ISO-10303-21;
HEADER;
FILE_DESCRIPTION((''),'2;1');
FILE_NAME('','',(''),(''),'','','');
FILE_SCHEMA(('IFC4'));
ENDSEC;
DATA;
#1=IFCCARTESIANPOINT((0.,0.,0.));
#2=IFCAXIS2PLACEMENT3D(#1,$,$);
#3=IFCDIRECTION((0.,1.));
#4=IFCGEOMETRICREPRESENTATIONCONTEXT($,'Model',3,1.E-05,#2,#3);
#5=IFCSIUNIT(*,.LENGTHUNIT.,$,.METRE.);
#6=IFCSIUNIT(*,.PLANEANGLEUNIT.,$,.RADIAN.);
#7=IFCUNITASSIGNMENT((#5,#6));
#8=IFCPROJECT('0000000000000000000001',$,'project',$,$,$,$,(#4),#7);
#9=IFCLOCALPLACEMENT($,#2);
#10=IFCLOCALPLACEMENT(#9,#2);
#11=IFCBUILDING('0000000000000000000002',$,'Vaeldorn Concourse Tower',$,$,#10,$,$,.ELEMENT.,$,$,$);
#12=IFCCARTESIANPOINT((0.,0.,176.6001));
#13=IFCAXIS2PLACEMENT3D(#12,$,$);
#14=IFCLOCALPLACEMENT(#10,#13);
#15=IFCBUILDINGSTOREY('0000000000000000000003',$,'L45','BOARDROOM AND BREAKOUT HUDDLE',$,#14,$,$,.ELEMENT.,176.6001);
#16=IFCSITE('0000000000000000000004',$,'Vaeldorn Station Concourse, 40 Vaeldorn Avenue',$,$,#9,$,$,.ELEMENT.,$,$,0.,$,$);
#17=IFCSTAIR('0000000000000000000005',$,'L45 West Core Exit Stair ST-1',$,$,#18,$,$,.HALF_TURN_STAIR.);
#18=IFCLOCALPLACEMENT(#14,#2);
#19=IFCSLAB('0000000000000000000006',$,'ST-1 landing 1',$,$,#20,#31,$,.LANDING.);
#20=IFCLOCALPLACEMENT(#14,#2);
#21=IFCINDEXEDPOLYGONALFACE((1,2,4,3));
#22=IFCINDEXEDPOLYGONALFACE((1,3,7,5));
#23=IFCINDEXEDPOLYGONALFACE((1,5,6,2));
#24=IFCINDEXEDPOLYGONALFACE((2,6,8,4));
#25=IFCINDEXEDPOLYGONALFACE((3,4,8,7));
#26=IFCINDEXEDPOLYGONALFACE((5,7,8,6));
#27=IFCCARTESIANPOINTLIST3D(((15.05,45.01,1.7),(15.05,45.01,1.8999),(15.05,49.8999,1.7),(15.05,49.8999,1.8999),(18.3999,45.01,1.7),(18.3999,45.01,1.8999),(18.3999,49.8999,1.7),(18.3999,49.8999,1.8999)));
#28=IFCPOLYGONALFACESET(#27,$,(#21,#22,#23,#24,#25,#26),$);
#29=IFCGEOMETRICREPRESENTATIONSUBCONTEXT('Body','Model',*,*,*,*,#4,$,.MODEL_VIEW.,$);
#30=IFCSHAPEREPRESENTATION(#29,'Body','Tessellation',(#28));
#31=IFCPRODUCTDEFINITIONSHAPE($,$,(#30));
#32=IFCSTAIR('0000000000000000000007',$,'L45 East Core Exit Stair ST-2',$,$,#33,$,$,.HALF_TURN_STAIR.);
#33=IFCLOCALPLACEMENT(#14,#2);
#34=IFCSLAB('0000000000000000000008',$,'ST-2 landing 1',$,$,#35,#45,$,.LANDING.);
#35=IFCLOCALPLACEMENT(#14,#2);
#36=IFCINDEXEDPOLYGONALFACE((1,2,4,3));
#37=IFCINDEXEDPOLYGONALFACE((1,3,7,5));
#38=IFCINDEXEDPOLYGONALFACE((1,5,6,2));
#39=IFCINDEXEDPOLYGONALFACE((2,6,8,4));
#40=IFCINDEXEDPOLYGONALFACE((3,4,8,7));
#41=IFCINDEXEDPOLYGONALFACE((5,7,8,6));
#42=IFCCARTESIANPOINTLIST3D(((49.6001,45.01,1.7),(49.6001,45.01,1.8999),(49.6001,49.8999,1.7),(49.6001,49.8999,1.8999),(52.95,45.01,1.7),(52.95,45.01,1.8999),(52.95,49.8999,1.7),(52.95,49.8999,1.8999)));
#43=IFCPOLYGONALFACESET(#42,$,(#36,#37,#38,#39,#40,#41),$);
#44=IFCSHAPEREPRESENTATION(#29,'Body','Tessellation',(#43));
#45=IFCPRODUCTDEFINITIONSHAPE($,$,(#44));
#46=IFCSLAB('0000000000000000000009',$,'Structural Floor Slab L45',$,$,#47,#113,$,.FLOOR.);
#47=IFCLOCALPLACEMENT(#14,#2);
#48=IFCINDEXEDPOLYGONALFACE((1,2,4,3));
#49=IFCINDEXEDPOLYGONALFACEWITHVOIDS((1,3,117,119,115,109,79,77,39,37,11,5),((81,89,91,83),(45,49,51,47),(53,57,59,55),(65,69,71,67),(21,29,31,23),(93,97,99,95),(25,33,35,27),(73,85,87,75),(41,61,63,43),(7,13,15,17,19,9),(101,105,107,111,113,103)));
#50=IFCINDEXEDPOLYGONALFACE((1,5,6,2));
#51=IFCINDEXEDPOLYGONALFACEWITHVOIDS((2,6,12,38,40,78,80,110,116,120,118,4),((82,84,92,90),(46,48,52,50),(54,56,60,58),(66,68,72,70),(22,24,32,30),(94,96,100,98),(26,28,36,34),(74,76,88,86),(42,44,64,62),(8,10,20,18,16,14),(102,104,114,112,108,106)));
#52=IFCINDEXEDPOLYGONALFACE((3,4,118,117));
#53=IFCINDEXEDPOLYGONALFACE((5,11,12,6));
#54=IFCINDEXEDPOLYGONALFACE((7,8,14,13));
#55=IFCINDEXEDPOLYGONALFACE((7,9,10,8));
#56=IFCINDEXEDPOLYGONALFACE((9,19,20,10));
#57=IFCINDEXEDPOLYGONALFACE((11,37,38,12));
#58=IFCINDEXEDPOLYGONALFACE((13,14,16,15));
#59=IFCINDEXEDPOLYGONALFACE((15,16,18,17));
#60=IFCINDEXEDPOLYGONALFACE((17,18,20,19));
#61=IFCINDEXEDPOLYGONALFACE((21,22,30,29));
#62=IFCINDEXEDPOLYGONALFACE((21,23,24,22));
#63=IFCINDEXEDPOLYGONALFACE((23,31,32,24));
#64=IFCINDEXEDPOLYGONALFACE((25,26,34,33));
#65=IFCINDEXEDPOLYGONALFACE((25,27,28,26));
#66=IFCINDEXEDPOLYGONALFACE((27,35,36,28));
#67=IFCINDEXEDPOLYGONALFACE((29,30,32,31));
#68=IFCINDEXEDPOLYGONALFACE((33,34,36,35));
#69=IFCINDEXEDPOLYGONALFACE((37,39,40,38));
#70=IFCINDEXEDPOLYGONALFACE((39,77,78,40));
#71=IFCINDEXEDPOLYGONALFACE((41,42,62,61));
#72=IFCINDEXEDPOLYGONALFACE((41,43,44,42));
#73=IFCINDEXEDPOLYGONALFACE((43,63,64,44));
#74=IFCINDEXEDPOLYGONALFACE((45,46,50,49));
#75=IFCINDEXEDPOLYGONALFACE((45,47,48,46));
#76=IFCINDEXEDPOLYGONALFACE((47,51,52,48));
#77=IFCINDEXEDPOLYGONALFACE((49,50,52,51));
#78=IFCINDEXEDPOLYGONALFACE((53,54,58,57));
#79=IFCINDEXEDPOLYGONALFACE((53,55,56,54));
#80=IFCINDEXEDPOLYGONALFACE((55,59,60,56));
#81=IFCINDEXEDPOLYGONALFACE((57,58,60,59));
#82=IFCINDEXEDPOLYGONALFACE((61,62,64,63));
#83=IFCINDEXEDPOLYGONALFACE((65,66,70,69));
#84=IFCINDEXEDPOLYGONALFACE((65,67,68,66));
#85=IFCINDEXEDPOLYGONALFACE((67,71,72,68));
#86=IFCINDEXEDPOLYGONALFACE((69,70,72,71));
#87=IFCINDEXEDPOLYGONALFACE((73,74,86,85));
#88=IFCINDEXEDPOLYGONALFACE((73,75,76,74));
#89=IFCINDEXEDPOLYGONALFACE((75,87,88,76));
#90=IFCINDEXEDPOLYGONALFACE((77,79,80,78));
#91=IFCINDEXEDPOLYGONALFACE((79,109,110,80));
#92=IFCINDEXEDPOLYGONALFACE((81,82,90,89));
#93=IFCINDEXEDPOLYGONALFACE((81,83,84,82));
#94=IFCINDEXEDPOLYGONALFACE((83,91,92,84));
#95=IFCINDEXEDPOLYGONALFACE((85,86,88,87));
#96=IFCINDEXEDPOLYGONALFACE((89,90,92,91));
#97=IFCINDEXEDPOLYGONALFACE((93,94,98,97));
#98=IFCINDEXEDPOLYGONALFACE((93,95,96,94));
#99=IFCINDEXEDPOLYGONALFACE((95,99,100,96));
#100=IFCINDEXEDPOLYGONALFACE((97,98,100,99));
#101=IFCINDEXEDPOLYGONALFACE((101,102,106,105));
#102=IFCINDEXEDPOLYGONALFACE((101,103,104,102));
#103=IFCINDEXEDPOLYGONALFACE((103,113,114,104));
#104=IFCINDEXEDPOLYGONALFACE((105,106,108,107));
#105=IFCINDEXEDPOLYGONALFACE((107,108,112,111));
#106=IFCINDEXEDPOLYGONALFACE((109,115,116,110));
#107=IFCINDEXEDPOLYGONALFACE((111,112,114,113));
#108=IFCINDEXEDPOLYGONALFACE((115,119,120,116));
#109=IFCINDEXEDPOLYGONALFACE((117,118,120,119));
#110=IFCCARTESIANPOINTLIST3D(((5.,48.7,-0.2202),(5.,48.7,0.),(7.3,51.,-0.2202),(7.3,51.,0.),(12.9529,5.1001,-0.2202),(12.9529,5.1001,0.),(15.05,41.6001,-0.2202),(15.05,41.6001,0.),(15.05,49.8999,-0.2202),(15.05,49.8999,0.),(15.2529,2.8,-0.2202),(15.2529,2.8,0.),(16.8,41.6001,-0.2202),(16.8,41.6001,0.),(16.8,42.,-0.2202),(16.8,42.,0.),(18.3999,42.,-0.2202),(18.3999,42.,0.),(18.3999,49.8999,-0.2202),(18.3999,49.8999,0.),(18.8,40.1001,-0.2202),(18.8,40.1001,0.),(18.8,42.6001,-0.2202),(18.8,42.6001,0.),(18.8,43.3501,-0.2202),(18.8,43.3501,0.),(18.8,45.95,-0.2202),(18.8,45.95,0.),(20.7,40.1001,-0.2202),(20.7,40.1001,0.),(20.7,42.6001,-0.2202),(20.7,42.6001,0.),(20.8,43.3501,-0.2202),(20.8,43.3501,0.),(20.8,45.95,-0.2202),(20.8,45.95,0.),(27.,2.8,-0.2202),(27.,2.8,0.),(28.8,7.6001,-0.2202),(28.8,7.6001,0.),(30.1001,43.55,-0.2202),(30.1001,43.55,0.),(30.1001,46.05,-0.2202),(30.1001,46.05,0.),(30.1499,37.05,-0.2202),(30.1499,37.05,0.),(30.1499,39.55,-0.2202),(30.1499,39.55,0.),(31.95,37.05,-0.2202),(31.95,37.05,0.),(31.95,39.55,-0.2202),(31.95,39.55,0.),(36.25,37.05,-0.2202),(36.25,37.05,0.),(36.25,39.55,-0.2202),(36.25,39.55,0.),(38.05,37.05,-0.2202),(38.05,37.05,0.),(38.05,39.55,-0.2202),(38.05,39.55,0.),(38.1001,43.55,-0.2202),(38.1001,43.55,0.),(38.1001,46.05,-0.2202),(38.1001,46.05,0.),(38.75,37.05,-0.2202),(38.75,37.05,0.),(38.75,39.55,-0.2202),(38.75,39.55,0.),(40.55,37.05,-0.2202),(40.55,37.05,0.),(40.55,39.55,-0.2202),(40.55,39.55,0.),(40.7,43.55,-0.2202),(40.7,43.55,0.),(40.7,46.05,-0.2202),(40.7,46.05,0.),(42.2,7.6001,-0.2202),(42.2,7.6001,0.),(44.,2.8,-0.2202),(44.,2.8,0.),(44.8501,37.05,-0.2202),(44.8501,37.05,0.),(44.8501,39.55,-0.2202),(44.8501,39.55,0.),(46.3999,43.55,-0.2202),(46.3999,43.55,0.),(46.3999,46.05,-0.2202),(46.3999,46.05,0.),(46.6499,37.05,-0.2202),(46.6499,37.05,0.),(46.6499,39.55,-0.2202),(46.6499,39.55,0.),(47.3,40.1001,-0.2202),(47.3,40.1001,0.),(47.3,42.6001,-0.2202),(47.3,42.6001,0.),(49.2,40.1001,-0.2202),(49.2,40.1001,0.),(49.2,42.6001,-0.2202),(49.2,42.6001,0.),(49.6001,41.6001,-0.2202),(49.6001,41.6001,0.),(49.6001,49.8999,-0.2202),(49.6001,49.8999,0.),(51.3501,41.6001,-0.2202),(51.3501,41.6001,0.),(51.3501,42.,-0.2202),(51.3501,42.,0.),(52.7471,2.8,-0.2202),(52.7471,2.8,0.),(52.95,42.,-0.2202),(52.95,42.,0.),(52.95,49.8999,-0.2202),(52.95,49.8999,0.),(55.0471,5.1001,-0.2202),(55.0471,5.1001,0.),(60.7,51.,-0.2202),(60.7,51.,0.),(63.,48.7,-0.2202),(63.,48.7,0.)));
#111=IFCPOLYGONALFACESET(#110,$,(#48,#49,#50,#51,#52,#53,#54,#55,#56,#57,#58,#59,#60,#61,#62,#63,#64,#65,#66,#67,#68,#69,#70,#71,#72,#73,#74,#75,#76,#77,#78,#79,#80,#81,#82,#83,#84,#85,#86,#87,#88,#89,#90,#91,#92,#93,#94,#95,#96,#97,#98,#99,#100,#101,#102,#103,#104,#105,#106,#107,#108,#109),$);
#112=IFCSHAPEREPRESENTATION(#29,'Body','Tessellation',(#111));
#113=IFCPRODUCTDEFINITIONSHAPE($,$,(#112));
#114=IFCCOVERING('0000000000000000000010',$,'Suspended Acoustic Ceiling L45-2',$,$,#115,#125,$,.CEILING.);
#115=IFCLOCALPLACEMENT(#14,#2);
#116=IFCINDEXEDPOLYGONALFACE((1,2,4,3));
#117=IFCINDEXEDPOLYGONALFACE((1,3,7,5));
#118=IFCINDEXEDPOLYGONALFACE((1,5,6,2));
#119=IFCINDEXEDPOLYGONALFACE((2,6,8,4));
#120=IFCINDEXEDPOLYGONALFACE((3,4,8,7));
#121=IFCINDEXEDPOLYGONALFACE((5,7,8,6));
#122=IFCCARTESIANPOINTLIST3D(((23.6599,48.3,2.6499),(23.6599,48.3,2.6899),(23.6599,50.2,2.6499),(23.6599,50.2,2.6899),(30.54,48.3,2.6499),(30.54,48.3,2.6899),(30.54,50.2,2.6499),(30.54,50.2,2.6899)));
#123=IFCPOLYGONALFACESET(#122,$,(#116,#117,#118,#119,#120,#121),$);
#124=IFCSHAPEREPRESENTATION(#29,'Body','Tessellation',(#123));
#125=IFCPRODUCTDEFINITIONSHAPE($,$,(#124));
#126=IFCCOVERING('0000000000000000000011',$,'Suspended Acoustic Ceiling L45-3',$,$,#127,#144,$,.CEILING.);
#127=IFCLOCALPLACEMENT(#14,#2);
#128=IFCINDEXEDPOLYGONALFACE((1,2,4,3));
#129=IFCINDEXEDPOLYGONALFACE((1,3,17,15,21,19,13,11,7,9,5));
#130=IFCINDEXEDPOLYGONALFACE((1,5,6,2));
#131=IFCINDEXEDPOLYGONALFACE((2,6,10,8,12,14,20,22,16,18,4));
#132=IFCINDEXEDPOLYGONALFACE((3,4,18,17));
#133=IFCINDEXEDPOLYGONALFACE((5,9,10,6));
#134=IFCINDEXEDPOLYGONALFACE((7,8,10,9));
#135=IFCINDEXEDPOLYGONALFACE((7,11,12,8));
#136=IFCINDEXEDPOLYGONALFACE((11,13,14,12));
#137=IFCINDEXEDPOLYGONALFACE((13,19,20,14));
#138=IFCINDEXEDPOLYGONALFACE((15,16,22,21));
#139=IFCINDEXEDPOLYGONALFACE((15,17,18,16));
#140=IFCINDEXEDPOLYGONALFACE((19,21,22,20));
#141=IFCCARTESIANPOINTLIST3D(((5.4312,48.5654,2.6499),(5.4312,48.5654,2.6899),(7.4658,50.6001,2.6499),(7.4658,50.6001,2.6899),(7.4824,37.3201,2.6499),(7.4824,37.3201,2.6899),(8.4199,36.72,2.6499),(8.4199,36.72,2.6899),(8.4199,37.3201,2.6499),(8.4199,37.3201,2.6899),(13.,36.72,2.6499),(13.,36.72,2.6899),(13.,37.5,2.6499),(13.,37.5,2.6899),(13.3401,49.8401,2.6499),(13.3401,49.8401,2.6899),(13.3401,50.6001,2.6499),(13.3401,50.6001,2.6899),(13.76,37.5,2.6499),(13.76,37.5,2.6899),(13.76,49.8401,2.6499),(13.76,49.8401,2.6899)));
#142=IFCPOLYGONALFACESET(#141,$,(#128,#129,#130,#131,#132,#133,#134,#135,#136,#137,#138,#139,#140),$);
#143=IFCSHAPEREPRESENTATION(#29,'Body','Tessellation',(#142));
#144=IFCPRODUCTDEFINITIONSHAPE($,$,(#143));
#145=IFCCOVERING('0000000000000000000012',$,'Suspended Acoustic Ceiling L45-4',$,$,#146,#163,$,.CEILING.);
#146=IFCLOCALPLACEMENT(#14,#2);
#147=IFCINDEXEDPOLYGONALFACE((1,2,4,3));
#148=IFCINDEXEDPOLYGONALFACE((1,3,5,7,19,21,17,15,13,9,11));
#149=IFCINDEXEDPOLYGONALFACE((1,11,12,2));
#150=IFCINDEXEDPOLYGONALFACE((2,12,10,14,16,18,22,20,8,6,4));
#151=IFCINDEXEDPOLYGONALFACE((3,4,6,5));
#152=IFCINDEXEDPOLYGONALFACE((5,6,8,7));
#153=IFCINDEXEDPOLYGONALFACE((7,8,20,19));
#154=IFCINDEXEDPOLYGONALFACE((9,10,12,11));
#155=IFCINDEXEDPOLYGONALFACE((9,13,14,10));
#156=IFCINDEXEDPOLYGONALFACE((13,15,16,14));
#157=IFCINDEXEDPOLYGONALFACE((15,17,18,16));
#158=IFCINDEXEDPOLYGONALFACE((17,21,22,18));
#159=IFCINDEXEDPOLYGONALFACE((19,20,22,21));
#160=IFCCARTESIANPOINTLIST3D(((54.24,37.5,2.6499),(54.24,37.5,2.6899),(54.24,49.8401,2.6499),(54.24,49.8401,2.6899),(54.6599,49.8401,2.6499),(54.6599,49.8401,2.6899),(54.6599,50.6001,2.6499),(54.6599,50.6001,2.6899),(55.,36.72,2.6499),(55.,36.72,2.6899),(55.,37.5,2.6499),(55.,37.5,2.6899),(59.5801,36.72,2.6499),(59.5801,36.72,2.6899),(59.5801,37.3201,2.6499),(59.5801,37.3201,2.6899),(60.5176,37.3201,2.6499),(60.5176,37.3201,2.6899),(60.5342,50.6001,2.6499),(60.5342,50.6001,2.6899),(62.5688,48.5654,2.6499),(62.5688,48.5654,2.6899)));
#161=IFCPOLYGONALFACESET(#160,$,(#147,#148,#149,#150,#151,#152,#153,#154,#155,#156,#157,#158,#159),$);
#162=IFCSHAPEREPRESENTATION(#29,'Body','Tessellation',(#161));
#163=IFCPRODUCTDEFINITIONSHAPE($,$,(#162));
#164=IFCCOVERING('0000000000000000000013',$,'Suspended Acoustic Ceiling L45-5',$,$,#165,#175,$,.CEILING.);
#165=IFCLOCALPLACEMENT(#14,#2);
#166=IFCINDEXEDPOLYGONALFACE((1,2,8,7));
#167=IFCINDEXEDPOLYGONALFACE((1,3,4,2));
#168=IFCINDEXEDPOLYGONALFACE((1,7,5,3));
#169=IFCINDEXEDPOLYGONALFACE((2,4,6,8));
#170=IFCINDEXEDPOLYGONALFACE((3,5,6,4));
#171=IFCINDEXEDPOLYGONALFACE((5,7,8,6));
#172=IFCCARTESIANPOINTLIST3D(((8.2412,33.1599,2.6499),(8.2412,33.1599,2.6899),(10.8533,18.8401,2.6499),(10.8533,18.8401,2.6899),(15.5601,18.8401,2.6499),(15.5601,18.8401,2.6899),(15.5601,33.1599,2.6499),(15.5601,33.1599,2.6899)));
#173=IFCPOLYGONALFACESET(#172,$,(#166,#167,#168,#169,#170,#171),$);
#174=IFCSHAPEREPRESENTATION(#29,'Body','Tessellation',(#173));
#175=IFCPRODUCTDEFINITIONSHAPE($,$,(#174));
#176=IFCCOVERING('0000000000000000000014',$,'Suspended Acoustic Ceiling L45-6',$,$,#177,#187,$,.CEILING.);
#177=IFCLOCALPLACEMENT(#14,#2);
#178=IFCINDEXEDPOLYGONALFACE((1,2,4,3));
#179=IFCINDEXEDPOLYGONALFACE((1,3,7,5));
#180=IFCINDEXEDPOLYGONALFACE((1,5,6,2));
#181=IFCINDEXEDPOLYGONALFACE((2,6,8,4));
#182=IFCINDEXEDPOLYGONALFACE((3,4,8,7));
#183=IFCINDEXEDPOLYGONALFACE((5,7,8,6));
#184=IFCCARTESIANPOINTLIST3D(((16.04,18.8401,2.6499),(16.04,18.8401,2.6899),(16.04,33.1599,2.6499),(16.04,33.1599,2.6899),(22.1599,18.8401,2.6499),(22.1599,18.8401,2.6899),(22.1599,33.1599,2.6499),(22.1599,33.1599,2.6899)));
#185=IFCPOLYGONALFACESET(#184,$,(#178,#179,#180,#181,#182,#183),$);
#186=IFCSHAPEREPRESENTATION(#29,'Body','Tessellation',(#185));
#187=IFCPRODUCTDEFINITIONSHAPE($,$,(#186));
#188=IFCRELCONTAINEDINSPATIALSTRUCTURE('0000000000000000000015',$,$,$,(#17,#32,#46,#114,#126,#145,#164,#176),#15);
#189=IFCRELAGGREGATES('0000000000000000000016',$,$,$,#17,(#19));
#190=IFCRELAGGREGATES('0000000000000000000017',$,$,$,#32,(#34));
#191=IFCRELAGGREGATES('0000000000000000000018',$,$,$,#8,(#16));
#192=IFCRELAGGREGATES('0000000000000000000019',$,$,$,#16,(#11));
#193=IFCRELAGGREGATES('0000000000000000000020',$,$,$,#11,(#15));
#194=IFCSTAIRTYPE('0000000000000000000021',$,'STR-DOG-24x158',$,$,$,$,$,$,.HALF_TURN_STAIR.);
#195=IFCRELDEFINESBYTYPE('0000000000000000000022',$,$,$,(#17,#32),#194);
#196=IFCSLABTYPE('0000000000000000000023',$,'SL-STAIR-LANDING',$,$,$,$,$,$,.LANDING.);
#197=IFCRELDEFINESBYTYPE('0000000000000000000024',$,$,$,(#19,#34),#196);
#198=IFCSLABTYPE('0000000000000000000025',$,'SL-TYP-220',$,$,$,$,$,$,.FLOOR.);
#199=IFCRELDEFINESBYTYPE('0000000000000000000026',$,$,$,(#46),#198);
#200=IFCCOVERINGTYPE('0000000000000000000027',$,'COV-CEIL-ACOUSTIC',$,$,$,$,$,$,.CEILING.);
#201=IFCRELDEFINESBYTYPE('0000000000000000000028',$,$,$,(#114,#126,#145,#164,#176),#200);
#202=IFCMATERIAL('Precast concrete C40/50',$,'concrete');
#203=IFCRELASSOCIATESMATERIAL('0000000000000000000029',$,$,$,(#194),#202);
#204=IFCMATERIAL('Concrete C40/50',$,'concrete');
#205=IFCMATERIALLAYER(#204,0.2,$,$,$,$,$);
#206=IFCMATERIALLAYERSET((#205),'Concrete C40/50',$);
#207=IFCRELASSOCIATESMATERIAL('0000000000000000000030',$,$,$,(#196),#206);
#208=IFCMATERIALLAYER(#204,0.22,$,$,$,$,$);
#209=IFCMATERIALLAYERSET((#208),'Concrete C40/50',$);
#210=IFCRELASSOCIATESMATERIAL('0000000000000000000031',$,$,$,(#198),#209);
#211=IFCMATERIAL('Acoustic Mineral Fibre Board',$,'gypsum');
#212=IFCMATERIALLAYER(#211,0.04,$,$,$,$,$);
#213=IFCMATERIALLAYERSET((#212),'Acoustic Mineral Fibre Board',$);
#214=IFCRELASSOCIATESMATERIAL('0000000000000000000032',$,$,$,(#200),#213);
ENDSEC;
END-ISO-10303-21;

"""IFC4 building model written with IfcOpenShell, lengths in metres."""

from ifc_helpers import new_model, si_unit, direction, frame, origin, place, context, subcontext, project, spatial, polyline, outline, extrude, material, layer, layer_set, type_object, element, aggregate, save


model = new_model("IFC4")

# Units and contexts
model_context = context("Model", 3, precision=1e-05, world=origin(), true_north=direction((0.0, 1.0)))
body_context = subcontext(model_context, "Body", "Model", "MODEL_VIEW")
ifc_project = project(units=[si_unit("LENGTHUNIT", "METRE"), si_unit("PLANEANGLEUNIT", "RADIAN")], contexts=[model_context])

# Site, building, storey
site_placement = place(None, origin())
site = spatial("IfcSite", under=ifc_project, at=site_placement, Name="Vaeldorn Station Concourse, 40 Vaeldorn Avenue", CompositionType="ELEMENT", RefElevation=0.0)
building_placement = place(site_placement, origin())
building = spatial("IfcBuilding", under=site, at=building_placement, Name="Vaeldorn Concourse Tower", CompositionType="ELEMENT")
storey_placement = place(building_placement, frame((0.0, 0.0, 176.6001)))
storey = spatial("IfcBuildingStorey", under=building, at=storey_placement, Name="L45", Description="BOARDROOM AND BREAKOUT HUDDLE", CompositionType="ELEMENT", Elevation=176.6001)

# Stairs, slabs
ifc_material_1 = material(Name="Precast concrete C40/50", Category="concrete")
stair_type = type_object("IfcStairType", Name="STR-DOG-24x158", PredefinedType="HALF_TURN_STAIR", material=ifc_material_1)
stair_1_placement = place(storey_placement, origin())
stair_1 = element("IfcStair", 1, at=stair_1_placement, inside=storey, type_object=stair_type, Name="L45 West Core Exit Stair ST-1", PredefinedType="HALF_TURN_STAIR")
ifc_material_2 = material(Name="Concrete C40/50", Category="concrete")
ifc_layer_1 = layer(ifc_material_2, 0.2)
ifc_layer_set_1 = layer_set([ifc_layer_1], Name="Concrete C40/50")
slab_type_1 = type_object("IfcSlabType", Name="SL-STAIR-LANDING", PredefinedType="LANDING", material=ifc_layer_set_1)
slab_1_placement = place(storey_placement, frame((0.0, 0.0, 1.7)))
slab_1 = element("IfcSlab", 2, at=slab_1_placement, type_object=slab_type_1, Name="ST-1 landing 1", PredefinedType="LANDING", context=body_context, shape_type="SweptSolid", body=[
    extrude(outline(polyline([(18.3999, 45.01), (18.3999, 49.8999), (15.05, 49.8999), (15.05, 45.01), (18.3999, 45.01)])), origin(), (0.0, 0.0, 1.0), 0.2),
])
aggregate(stair_1, [slab_1])
stair_2_placement = place(storey_placement, origin())
stair_2 = element("IfcStair", 3, at=stair_2_placement, inside=storey, type_object=stair_type, Name="L45 East Core Exit Stair ST-2", PredefinedType="HALF_TURN_STAIR")
slab_2_placement = place(storey_placement, frame((0.0, 0.0, 1.7)))
slab_2 = element("IfcSlab", 4, at=slab_2_placement, type_object=slab_type_1, Name="ST-2 landing 1", PredefinedType="LANDING", context=body_context, shape_type="SweptSolid", body=[
    extrude(outline(polyline([(52.95, 45.01), (52.95, 49.8999), (49.6001, 49.8999), (49.6001, 45.01), (52.95, 45.01)])), origin(), (0.0, 0.0, 1.0), 0.2),
])
aggregate(stair_2, [slab_2])

# Slab
ifc_layer_2 = layer(ifc_material_2, 0.22)
ifc_layer_set_2 = layer_set([ifc_layer_2], Name="Concrete C40/50")
slab_type_2 = type_object("IfcSlabType", Name="SL-TYP-220", PredefinedType="FLOOR", material=ifc_layer_set_2)
slab_3_placement = place(storey_placement, frame((0.0, 0.0, -0.2202)))
element("IfcSlab", 5, at=slab_3_placement, inside=storey, type_object=slab_type_2, Name="Structural Floor Slab L45", PredefinedType="FLOOR", context=body_context, shape_type="SweptSolid", body=[
    extrude(outline(polyline([(15.2529, 2.8), (27.0, 2.8), (28.8, 7.6001), (42.2, 7.6001), (44.0, 2.8), (52.7471, 2.8), (55.0471, 5.1001), (63.0, 48.7), (60.7, 51.0), (7.3, 51.0), (5.0, 48.7), (12.9529, 5.1001), (15.2529, 2.8)]), holes=[polyline([(18.3999, 42.0), (18.3999, 49.8999), (15.05, 49.8999), (15.05, 41.6001), (16.8, 41.6001), (16.8, 42.0), (18.3999, 42.0)]), polyline([(52.95, 42.0), (52.95, 49.8999), (49.6001, 49.8999), (49.6001, 41.6001), (51.3501, 41.6001), (51.3501, 42.0), (52.95, 42.0)]), polyline([(30.1499, 37.05), (31.95, 37.05), (31.95, 39.55), (30.1499, 39.55), (30.1499, 37.05)]), polyline([(36.25, 37.05), (38.05, 37.05), (38.05, 39.55), (36.25, 39.55), (36.25, 37.05)]), polyline([(30.1001, 43.55), (38.1001, 43.55), (38.1001, 46.05), (30.1001, 46.05), (30.1001, 43.55)]), polyline([(38.75, 37.05), (40.55, 37.05), (40.55, 39.55), (38.75, 39.55), (38.75, 37.05)]), polyline([(44.8501, 37.05), (46.6499, 37.05), (46.6499, 39.55), (44.8501, 39.55), (44.8501, 37.05)]), polyline([(40.7, 43.55), (46.3999, 43.55), (46.3999, 46.05), (40.7, 46.05), (40.7, 43.55)]), polyline([(18.8, 43.3501), (20.8, 43.3501), (20.8, 45.95), (18.8, 45.95), (18.8, 43.3501)]), polyline([(18.8, 40.1001), (20.7, 40.1001), (20.7, 42.6001), (18.8, 42.6001), (18.8, 40.1001)]), polyline([(47.3, 40.1001), (49.2, 40.1001), (49.2, 42.6001), (47.3, 42.6001), (47.3, 40.1001)])]), origin(), (0.0, 0.0, 1.0), 0.2202),
])

# Coverings
ifc_material_3 = material(Name="Acoustic Mineral Fibre Board", Category="gypsum")
ifc_layer_3 = layer(ifc_material_3, 0.04)
ifc_layer_set_3 = layer_set([ifc_layer_3], Name="Acoustic Mineral Fibre Board")
covering_type_1 = type_object("IfcCoveringType", Name="COV-CEIL-ACOUSTIC", PredefinedType="CEILING", material=ifc_layer_set_3)
covering_1_placement = place(storey_placement, frame((0.0, 0.0, 2.6499)))
element("IfcCovering", 6, at=covering_1_placement, inside=storey, type_object=covering_type_1, Name="Suspended Acoustic Ceiling L45-2", PredefinedType="CEILING", context=body_context, shape_type="SweptSolid", body=[
    extrude(outline(polyline([(30.54, 50.2), (30.54, 48.3), (23.6599, 48.3), (23.6599, 50.2), (30.54, 50.2)])), origin(), (0.0, 0.0, 1.0), 0.04),
])
covering_2_placement = place(storey_placement, frame((0.0, 0.0, 2.6499)))
element("IfcCovering", 7, at=covering_2_placement, inside=storey, type_object=covering_type_1, Name="Suspended Acoustic Ceiling L45-3", PredefinedType="CEILING", context=body_context, shape_type="SweptSolid", body=[
    extrude(outline(polyline([(13.3401, 50.6001), (13.3401, 49.8401), (13.76, 49.8401), (13.76, 37.5), (13.0, 37.5), (13.0, 36.72), (8.4199, 36.72), (8.4199, 37.3201), (7.4824, 37.3201), (5.4312, 48.5654), (7.4658, 50.6001), (13.3401, 50.6001)])), origin(), (0.0, 0.0, 1.0), 0.04),
])
covering_3_placement = place(storey_placement, frame((0.0, 0.0, 2.6499)))
element("IfcCovering", 8, at=covering_3_placement, inside=storey, type_object=covering_type_1, Name="Suspended Acoustic Ceiling L45-4", PredefinedType="CEILING", context=body_context, shape_type="SweptSolid", body=[
    extrude(outline(polyline([(54.6599, 49.8401), (54.6599, 50.6001), (60.5342, 50.6001), (62.5688, 48.5654), (60.5176, 37.3201), (59.5801, 37.3201), (59.5801, 36.72), (55.0, 36.72), (55.0, 37.5), (54.24, 37.5), (54.24, 49.8401), (54.6599, 49.8401)])), origin(), (0.0, 0.0, 1.0), 0.04),
])
covering_4_placement = place(storey_placement, frame((0.0, 0.0, 2.6499)))
element("IfcCovering", 9, at=covering_4_placement, inside=storey, type_object=covering_type_1, Name="Suspended Acoustic Ceiling L45-5", PredefinedType="CEILING", context=body_context, shape_type="SweptSolid", body=[
    extrude(outline(polyline([(15.5601, 33.1599), (15.5601, 18.8401), (10.8533, 18.8401), (8.2412, 33.1599), (15.5601, 33.1599)])), origin(), (0.0, 0.0, 1.0), 0.04),
])
covering_5_placement = place(storey_placement, frame((0.0, 0.0, 2.6499)))
element("IfcCovering", 10, at=covering_5_placement, inside=storey, type_object=covering_type_1, Name="Suspended Acoustic Ceiling L45-6", PredefinedType="CEILING", context=body_context, shape_type="SweptSolid", body=[
    extrude(outline(polyline([(16.04, 33.1599), (22.1599, 33.1599), (22.1599, 18.8401), (16.04, 18.8401), (16.04, 33.1599)])), origin(), (0.0, 0.0, 1.0), 0.04),
])

save(model, "model.ifc")
